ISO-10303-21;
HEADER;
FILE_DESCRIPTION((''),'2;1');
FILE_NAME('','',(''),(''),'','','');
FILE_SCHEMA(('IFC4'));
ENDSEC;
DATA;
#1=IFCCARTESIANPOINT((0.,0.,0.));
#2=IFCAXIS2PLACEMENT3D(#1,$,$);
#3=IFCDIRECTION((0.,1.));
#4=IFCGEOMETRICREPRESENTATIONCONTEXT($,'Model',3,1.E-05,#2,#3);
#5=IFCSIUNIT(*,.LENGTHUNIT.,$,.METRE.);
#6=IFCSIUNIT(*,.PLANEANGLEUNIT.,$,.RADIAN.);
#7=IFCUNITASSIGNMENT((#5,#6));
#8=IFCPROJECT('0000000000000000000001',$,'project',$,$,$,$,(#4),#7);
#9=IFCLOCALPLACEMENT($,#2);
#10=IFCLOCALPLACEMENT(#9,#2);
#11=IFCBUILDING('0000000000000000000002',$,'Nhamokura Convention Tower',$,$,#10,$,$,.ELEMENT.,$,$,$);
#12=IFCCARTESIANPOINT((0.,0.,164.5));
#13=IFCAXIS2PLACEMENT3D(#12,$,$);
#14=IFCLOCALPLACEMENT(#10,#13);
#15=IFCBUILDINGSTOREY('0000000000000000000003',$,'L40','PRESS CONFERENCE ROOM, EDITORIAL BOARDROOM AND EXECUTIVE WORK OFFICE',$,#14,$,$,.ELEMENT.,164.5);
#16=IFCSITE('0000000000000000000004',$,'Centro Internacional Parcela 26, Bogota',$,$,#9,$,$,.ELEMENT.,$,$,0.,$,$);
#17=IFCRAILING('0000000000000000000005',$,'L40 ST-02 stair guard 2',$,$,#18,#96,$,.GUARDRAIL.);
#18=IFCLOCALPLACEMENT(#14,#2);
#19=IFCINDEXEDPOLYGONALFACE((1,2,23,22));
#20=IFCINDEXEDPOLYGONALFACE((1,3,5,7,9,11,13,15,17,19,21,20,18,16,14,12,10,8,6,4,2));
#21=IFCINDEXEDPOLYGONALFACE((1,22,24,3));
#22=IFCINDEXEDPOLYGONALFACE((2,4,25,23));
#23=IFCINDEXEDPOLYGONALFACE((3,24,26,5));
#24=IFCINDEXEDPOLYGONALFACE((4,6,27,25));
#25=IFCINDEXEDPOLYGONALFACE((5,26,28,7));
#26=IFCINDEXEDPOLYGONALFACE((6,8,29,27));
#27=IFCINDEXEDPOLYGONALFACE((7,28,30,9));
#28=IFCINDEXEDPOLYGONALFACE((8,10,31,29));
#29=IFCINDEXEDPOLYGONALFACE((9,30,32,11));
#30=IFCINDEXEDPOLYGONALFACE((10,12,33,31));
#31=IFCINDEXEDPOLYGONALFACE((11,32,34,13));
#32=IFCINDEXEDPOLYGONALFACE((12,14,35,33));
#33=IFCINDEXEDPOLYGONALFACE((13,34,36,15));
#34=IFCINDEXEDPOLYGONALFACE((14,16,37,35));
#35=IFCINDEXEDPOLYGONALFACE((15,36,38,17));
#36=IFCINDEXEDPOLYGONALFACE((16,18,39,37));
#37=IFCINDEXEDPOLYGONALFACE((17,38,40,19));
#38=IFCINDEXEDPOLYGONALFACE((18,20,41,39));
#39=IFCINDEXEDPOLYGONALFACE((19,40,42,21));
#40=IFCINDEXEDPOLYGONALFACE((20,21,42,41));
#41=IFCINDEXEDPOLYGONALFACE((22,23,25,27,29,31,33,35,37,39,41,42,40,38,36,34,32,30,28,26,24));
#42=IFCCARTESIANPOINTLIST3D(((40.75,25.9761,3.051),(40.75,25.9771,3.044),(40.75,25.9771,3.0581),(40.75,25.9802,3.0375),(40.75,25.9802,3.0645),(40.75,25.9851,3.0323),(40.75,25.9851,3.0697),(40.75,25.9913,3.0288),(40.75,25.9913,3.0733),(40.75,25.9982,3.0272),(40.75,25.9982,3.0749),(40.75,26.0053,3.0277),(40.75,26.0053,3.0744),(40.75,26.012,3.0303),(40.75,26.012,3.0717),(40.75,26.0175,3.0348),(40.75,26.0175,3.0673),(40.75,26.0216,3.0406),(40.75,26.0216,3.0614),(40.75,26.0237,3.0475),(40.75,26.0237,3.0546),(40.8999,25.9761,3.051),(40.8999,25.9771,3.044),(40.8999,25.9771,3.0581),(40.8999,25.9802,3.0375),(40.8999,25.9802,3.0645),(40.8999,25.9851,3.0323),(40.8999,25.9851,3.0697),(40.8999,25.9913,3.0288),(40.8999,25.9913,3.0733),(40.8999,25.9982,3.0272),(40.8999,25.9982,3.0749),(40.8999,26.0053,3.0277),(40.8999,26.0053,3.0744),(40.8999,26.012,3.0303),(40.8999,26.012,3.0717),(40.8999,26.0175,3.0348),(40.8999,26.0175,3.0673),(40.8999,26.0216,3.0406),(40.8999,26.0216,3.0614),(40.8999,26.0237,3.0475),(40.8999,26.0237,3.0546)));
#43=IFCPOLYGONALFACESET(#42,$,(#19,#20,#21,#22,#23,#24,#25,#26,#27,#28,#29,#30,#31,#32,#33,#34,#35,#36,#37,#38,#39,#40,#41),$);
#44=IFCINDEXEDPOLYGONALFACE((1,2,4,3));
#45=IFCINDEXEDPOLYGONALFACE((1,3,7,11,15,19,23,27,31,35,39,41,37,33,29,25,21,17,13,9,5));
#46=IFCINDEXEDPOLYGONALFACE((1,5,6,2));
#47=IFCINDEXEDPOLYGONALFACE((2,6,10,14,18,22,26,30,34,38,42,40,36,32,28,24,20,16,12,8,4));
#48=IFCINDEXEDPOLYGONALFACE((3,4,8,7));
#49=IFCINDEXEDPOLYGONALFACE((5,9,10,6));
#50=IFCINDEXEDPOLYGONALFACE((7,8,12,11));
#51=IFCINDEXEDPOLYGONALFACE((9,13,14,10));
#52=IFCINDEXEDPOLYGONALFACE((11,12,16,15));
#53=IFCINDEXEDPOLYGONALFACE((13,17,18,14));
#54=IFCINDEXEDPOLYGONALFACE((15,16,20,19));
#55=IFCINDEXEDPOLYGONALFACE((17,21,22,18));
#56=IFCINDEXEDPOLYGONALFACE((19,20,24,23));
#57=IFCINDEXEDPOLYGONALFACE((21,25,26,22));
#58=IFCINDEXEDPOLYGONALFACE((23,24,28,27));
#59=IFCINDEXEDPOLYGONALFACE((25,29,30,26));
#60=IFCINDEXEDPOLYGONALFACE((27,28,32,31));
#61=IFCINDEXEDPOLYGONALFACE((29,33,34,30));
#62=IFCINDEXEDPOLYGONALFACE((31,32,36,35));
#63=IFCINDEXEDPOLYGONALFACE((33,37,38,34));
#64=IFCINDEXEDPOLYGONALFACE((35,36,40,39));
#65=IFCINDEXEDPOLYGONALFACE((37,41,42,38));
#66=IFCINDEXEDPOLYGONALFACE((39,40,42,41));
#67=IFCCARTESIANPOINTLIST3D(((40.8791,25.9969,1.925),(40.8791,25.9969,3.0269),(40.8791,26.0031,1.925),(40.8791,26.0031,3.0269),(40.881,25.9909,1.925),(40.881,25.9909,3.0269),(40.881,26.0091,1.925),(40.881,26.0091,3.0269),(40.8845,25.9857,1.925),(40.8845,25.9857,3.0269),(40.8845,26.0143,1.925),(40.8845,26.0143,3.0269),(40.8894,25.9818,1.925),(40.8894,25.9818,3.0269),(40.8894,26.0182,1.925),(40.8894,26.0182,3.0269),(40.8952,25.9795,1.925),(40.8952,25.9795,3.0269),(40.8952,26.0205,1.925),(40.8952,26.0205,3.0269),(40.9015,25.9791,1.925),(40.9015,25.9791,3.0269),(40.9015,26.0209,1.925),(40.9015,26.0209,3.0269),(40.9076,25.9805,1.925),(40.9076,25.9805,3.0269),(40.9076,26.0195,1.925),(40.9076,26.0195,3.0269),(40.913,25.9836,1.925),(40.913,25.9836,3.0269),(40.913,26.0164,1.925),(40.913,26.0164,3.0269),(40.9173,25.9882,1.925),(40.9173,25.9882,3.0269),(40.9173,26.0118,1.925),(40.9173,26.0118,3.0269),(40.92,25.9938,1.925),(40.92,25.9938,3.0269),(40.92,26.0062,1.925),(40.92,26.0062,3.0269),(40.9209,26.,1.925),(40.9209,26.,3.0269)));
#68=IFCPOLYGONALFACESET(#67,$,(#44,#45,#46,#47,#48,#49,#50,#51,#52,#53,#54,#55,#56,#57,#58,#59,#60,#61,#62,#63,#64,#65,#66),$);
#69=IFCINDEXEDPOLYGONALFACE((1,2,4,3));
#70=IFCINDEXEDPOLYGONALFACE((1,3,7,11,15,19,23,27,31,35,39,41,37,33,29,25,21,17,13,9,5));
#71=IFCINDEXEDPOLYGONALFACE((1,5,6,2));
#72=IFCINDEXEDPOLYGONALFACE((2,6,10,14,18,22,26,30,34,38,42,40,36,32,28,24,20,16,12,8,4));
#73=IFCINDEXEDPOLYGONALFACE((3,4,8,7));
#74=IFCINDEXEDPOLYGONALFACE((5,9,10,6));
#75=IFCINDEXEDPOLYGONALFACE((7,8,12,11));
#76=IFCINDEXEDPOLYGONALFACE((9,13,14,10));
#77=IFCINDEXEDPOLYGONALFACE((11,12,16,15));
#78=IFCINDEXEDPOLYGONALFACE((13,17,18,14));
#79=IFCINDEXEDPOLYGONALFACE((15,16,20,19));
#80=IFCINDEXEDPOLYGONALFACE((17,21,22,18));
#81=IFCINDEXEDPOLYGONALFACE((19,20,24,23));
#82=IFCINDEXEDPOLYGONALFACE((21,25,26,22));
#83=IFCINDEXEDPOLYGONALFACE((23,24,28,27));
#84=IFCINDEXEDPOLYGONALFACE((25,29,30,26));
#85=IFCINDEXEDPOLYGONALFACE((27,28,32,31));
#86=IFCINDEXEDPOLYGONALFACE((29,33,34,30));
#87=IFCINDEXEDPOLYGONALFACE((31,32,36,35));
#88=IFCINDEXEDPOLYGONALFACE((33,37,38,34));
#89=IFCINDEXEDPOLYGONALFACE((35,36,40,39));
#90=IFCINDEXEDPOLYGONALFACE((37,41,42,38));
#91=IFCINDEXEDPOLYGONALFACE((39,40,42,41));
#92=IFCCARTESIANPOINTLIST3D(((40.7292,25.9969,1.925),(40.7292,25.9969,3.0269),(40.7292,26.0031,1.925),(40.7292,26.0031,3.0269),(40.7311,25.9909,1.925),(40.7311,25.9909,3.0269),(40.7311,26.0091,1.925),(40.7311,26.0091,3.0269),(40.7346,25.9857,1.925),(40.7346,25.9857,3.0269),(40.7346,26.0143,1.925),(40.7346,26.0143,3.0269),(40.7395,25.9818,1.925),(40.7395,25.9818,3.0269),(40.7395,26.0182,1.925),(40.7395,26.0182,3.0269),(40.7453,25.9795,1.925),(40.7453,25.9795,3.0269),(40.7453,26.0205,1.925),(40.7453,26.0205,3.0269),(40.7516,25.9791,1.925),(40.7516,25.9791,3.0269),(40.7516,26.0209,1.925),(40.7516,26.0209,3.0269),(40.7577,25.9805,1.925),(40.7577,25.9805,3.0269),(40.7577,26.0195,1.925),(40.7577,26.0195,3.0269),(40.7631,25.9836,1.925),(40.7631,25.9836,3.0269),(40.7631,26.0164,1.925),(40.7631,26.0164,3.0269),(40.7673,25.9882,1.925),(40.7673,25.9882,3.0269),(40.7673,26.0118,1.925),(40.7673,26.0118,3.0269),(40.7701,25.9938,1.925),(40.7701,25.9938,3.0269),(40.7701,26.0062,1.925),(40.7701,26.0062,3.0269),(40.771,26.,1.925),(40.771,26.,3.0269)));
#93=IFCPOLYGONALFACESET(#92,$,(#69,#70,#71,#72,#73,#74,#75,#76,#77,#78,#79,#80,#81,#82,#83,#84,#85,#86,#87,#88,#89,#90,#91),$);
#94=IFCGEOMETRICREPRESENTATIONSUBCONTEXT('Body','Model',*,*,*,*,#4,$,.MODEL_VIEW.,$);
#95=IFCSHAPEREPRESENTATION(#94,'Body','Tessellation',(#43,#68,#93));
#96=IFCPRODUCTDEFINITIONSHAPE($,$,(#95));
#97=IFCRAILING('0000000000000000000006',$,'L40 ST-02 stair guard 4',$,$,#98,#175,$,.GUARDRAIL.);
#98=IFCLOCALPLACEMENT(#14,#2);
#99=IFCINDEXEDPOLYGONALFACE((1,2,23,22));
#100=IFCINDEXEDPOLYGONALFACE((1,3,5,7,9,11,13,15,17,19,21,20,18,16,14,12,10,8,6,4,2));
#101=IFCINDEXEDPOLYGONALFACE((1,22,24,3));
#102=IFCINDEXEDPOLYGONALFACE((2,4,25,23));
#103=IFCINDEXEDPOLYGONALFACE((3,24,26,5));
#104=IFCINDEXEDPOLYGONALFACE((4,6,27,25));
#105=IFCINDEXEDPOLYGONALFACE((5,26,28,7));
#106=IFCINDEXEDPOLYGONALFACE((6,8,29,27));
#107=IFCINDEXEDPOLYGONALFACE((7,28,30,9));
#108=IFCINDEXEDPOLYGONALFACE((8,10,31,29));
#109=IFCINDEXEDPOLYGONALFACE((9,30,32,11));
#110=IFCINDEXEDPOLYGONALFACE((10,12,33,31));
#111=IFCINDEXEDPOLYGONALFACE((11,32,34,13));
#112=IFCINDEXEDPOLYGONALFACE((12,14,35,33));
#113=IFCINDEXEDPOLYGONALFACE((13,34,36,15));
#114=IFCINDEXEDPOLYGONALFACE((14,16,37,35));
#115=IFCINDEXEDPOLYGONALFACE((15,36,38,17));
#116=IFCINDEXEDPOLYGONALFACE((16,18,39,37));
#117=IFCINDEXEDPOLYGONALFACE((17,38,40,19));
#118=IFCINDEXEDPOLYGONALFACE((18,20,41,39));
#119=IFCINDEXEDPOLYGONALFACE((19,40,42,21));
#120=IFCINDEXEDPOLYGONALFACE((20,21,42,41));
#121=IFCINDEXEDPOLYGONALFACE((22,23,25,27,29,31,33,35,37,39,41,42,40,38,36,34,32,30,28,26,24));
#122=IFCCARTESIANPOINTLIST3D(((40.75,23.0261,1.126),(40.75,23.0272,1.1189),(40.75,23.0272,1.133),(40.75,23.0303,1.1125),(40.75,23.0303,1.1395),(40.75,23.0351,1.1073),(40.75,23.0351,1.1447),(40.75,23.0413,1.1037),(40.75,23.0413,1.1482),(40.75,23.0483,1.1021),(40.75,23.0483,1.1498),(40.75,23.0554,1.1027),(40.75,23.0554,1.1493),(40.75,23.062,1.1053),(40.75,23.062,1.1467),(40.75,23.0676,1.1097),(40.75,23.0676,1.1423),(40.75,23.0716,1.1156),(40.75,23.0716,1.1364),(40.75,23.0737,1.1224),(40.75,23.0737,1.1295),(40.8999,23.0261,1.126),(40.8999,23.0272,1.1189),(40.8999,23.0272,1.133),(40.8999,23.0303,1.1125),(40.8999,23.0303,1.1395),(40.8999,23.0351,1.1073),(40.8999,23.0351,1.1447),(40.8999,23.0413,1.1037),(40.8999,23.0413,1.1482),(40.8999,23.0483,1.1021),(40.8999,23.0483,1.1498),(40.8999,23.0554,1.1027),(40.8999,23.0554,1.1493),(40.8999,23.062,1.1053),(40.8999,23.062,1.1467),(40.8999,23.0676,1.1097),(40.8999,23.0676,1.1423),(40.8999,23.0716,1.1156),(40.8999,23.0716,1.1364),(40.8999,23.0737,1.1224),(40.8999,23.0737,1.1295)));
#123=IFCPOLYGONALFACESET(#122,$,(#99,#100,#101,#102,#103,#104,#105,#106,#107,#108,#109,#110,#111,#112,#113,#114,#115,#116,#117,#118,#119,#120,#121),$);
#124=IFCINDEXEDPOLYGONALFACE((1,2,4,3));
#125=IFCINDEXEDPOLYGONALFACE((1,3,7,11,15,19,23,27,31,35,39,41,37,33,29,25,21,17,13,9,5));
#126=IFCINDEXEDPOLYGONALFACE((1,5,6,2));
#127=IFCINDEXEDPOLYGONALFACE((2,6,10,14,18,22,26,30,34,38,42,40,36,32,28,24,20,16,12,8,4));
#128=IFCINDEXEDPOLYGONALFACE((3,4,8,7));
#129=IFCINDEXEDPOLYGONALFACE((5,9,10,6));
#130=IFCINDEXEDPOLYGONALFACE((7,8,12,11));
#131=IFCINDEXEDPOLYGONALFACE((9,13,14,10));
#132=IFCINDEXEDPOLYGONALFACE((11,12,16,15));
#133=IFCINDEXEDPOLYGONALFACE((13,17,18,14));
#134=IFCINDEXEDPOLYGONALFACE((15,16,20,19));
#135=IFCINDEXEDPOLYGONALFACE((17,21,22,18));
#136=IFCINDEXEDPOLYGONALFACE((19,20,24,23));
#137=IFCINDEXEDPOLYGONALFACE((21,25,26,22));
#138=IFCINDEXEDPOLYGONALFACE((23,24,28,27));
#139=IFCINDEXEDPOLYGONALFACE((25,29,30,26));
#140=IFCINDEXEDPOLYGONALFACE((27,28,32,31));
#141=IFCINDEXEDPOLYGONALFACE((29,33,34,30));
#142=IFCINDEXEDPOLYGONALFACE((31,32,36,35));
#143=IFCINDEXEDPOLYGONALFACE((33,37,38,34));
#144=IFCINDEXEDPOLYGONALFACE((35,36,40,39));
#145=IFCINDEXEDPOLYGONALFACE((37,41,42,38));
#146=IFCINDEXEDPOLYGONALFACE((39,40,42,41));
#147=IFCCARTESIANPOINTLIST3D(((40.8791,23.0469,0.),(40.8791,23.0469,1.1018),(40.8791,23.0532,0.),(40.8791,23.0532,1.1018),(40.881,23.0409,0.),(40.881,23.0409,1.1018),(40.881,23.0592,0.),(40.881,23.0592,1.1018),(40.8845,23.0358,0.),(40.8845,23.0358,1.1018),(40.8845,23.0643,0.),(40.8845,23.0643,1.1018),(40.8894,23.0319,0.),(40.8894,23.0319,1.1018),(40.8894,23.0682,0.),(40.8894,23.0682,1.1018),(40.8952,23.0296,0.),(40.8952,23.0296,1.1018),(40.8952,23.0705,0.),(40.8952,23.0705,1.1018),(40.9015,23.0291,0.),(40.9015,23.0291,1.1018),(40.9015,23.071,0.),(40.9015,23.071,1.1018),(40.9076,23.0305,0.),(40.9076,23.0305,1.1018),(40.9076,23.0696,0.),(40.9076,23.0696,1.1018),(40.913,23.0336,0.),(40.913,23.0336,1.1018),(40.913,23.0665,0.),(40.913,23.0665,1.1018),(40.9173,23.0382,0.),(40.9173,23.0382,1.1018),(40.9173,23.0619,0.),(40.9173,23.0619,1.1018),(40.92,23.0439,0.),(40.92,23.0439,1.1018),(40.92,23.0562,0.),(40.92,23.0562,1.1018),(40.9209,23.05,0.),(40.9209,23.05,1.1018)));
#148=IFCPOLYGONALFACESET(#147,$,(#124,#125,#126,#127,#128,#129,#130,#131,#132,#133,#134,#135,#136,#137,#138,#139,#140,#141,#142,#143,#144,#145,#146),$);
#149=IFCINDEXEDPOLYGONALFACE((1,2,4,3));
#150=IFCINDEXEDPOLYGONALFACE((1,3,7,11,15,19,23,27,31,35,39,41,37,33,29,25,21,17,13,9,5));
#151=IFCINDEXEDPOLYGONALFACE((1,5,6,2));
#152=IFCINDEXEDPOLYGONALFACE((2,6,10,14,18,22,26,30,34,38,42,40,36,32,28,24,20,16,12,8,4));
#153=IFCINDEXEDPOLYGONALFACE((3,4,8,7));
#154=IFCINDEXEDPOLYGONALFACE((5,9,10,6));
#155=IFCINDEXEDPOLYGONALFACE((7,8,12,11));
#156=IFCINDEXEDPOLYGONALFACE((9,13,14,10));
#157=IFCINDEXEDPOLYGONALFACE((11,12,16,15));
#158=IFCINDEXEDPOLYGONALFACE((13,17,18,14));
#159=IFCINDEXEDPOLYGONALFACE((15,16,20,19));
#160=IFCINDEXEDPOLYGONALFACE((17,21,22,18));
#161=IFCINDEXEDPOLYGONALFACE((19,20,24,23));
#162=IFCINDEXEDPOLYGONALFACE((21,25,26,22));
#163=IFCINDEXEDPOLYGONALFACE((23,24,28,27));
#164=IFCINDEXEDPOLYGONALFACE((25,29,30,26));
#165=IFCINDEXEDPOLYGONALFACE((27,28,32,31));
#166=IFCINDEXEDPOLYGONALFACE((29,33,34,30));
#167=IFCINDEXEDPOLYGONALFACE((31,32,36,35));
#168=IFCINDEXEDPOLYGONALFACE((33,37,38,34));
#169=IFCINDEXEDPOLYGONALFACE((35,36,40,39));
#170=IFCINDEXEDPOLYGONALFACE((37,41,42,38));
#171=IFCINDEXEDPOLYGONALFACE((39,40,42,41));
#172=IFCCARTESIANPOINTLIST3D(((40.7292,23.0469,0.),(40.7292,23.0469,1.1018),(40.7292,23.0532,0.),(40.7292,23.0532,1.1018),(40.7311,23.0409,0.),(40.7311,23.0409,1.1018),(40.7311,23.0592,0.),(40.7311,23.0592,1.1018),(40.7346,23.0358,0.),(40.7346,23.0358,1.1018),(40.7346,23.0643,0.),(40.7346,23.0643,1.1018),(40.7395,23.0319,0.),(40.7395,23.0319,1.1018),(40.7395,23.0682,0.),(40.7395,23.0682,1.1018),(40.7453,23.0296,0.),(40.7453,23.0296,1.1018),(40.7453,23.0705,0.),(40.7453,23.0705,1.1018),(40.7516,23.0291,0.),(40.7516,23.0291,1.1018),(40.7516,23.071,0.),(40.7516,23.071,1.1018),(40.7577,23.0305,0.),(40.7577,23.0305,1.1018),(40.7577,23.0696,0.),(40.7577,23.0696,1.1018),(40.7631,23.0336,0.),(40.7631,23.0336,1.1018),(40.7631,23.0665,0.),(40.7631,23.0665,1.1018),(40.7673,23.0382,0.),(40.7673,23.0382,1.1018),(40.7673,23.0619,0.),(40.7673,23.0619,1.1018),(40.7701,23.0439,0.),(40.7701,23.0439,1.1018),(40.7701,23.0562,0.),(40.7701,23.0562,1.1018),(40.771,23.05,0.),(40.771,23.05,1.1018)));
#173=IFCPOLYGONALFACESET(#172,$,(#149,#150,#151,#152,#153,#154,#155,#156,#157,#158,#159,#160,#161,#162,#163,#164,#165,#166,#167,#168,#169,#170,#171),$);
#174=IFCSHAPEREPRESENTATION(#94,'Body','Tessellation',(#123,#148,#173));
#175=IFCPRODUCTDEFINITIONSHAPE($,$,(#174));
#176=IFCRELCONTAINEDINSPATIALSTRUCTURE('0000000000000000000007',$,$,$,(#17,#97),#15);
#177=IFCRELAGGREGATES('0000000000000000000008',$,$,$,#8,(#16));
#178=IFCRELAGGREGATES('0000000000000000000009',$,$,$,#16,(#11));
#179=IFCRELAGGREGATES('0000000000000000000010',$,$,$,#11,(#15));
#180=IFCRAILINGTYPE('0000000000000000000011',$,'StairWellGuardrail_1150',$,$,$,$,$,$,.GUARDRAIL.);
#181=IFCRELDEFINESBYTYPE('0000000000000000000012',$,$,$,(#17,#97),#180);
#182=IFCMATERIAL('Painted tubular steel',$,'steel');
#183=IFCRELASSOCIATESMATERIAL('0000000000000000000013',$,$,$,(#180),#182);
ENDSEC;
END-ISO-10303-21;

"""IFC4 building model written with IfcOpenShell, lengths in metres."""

from ifc_helpers import new_model, si_unit, direction, frame, origin, origin_2d, place, context, subcontext, project, spatial, circle, extrude, material, type_object, element, save


model = new_model("IFC4")

# Units and contexts
model_context = context("Model", 3, precision=1e-05, world=origin(), true_north=direction((0.0, 1.0)))
body_context = subcontext(model_context, "Body", "Model", "MODEL_VIEW")
ifc_project = project(units=[si_unit("LENGTHUNIT", "METRE"), si_unit("PLANEANGLEUNIT", "RADIAN")], contexts=[model_context])

# Site, building, storey
site_placement = place(None, origin())
site = spatial("IfcSite", under=ifc_project, at=site_placement, Name="Centro Internacional Parcela 26, Bogota", CompositionType="ELEMENT", RefElevation=0.0)
building_placement = place(site_placement, origin())
building = spatial("IfcBuilding", under=site, at=building_placement, Name="Nhamokura Convention Tower", CompositionType="ELEMENT")
storey_placement = place(building_placement, frame((0.0, 0.0, 164.5)))
storey = spatial("IfcBuildingStorey", under=building, at=storey_placement, Name="L40", Description="PRESS CONFERENCE ROOM, EDITORIAL BOARDROOM AND EXECUTIVE WORK OFFICE", CompositionType="ELEMENT", Elevation=164.5)

# Railings
ifc_material_1 = material(Name="Painted tubular steel", Category="steel")
railing_type_1 = type_object("IfcRailingType", Name="StairWellGuardrail_1150", PredefinedType="GUARDRAIL", material=ifc_material_1)
for number, where, name in (
    (1, (40.8999, 26.0, 1.925), "L40 ST-02 stair guard 2"),
    (2, (40.8999, 23.05, 0.0), "L40 ST-02 stair guard 4"),
):
    element("IfcRailing", number, at=place(storey_placement, frame(where)), inside=storey, type_object=railing_type_1, Name=name, PredefinedType="GUARDRAIL", context=body_context, shape_type="SweptSolid", body=[
        extrude(circle(Radius=0.0239, at=origin_2d()), frame((0.0, 0.0, 1.126), z_axis=(-1.0, 0.0, 0.0), x_axis=(0.0, -1.0, 0.0)), (0.0, 0.0, 1.0), 0.1499),
        extrude(circle(Radius=0.021, at=origin_2d()), origin(), (0.0, 0.0, 1.0), 1.1018),
        extrude(circle(Radius=0.021, at=origin_2d()), frame((-0.1499, 0.0, 0.0)), (0.0, 0.0, 1.0), 1.1018),
    ])

save(model, "model.ifc")
